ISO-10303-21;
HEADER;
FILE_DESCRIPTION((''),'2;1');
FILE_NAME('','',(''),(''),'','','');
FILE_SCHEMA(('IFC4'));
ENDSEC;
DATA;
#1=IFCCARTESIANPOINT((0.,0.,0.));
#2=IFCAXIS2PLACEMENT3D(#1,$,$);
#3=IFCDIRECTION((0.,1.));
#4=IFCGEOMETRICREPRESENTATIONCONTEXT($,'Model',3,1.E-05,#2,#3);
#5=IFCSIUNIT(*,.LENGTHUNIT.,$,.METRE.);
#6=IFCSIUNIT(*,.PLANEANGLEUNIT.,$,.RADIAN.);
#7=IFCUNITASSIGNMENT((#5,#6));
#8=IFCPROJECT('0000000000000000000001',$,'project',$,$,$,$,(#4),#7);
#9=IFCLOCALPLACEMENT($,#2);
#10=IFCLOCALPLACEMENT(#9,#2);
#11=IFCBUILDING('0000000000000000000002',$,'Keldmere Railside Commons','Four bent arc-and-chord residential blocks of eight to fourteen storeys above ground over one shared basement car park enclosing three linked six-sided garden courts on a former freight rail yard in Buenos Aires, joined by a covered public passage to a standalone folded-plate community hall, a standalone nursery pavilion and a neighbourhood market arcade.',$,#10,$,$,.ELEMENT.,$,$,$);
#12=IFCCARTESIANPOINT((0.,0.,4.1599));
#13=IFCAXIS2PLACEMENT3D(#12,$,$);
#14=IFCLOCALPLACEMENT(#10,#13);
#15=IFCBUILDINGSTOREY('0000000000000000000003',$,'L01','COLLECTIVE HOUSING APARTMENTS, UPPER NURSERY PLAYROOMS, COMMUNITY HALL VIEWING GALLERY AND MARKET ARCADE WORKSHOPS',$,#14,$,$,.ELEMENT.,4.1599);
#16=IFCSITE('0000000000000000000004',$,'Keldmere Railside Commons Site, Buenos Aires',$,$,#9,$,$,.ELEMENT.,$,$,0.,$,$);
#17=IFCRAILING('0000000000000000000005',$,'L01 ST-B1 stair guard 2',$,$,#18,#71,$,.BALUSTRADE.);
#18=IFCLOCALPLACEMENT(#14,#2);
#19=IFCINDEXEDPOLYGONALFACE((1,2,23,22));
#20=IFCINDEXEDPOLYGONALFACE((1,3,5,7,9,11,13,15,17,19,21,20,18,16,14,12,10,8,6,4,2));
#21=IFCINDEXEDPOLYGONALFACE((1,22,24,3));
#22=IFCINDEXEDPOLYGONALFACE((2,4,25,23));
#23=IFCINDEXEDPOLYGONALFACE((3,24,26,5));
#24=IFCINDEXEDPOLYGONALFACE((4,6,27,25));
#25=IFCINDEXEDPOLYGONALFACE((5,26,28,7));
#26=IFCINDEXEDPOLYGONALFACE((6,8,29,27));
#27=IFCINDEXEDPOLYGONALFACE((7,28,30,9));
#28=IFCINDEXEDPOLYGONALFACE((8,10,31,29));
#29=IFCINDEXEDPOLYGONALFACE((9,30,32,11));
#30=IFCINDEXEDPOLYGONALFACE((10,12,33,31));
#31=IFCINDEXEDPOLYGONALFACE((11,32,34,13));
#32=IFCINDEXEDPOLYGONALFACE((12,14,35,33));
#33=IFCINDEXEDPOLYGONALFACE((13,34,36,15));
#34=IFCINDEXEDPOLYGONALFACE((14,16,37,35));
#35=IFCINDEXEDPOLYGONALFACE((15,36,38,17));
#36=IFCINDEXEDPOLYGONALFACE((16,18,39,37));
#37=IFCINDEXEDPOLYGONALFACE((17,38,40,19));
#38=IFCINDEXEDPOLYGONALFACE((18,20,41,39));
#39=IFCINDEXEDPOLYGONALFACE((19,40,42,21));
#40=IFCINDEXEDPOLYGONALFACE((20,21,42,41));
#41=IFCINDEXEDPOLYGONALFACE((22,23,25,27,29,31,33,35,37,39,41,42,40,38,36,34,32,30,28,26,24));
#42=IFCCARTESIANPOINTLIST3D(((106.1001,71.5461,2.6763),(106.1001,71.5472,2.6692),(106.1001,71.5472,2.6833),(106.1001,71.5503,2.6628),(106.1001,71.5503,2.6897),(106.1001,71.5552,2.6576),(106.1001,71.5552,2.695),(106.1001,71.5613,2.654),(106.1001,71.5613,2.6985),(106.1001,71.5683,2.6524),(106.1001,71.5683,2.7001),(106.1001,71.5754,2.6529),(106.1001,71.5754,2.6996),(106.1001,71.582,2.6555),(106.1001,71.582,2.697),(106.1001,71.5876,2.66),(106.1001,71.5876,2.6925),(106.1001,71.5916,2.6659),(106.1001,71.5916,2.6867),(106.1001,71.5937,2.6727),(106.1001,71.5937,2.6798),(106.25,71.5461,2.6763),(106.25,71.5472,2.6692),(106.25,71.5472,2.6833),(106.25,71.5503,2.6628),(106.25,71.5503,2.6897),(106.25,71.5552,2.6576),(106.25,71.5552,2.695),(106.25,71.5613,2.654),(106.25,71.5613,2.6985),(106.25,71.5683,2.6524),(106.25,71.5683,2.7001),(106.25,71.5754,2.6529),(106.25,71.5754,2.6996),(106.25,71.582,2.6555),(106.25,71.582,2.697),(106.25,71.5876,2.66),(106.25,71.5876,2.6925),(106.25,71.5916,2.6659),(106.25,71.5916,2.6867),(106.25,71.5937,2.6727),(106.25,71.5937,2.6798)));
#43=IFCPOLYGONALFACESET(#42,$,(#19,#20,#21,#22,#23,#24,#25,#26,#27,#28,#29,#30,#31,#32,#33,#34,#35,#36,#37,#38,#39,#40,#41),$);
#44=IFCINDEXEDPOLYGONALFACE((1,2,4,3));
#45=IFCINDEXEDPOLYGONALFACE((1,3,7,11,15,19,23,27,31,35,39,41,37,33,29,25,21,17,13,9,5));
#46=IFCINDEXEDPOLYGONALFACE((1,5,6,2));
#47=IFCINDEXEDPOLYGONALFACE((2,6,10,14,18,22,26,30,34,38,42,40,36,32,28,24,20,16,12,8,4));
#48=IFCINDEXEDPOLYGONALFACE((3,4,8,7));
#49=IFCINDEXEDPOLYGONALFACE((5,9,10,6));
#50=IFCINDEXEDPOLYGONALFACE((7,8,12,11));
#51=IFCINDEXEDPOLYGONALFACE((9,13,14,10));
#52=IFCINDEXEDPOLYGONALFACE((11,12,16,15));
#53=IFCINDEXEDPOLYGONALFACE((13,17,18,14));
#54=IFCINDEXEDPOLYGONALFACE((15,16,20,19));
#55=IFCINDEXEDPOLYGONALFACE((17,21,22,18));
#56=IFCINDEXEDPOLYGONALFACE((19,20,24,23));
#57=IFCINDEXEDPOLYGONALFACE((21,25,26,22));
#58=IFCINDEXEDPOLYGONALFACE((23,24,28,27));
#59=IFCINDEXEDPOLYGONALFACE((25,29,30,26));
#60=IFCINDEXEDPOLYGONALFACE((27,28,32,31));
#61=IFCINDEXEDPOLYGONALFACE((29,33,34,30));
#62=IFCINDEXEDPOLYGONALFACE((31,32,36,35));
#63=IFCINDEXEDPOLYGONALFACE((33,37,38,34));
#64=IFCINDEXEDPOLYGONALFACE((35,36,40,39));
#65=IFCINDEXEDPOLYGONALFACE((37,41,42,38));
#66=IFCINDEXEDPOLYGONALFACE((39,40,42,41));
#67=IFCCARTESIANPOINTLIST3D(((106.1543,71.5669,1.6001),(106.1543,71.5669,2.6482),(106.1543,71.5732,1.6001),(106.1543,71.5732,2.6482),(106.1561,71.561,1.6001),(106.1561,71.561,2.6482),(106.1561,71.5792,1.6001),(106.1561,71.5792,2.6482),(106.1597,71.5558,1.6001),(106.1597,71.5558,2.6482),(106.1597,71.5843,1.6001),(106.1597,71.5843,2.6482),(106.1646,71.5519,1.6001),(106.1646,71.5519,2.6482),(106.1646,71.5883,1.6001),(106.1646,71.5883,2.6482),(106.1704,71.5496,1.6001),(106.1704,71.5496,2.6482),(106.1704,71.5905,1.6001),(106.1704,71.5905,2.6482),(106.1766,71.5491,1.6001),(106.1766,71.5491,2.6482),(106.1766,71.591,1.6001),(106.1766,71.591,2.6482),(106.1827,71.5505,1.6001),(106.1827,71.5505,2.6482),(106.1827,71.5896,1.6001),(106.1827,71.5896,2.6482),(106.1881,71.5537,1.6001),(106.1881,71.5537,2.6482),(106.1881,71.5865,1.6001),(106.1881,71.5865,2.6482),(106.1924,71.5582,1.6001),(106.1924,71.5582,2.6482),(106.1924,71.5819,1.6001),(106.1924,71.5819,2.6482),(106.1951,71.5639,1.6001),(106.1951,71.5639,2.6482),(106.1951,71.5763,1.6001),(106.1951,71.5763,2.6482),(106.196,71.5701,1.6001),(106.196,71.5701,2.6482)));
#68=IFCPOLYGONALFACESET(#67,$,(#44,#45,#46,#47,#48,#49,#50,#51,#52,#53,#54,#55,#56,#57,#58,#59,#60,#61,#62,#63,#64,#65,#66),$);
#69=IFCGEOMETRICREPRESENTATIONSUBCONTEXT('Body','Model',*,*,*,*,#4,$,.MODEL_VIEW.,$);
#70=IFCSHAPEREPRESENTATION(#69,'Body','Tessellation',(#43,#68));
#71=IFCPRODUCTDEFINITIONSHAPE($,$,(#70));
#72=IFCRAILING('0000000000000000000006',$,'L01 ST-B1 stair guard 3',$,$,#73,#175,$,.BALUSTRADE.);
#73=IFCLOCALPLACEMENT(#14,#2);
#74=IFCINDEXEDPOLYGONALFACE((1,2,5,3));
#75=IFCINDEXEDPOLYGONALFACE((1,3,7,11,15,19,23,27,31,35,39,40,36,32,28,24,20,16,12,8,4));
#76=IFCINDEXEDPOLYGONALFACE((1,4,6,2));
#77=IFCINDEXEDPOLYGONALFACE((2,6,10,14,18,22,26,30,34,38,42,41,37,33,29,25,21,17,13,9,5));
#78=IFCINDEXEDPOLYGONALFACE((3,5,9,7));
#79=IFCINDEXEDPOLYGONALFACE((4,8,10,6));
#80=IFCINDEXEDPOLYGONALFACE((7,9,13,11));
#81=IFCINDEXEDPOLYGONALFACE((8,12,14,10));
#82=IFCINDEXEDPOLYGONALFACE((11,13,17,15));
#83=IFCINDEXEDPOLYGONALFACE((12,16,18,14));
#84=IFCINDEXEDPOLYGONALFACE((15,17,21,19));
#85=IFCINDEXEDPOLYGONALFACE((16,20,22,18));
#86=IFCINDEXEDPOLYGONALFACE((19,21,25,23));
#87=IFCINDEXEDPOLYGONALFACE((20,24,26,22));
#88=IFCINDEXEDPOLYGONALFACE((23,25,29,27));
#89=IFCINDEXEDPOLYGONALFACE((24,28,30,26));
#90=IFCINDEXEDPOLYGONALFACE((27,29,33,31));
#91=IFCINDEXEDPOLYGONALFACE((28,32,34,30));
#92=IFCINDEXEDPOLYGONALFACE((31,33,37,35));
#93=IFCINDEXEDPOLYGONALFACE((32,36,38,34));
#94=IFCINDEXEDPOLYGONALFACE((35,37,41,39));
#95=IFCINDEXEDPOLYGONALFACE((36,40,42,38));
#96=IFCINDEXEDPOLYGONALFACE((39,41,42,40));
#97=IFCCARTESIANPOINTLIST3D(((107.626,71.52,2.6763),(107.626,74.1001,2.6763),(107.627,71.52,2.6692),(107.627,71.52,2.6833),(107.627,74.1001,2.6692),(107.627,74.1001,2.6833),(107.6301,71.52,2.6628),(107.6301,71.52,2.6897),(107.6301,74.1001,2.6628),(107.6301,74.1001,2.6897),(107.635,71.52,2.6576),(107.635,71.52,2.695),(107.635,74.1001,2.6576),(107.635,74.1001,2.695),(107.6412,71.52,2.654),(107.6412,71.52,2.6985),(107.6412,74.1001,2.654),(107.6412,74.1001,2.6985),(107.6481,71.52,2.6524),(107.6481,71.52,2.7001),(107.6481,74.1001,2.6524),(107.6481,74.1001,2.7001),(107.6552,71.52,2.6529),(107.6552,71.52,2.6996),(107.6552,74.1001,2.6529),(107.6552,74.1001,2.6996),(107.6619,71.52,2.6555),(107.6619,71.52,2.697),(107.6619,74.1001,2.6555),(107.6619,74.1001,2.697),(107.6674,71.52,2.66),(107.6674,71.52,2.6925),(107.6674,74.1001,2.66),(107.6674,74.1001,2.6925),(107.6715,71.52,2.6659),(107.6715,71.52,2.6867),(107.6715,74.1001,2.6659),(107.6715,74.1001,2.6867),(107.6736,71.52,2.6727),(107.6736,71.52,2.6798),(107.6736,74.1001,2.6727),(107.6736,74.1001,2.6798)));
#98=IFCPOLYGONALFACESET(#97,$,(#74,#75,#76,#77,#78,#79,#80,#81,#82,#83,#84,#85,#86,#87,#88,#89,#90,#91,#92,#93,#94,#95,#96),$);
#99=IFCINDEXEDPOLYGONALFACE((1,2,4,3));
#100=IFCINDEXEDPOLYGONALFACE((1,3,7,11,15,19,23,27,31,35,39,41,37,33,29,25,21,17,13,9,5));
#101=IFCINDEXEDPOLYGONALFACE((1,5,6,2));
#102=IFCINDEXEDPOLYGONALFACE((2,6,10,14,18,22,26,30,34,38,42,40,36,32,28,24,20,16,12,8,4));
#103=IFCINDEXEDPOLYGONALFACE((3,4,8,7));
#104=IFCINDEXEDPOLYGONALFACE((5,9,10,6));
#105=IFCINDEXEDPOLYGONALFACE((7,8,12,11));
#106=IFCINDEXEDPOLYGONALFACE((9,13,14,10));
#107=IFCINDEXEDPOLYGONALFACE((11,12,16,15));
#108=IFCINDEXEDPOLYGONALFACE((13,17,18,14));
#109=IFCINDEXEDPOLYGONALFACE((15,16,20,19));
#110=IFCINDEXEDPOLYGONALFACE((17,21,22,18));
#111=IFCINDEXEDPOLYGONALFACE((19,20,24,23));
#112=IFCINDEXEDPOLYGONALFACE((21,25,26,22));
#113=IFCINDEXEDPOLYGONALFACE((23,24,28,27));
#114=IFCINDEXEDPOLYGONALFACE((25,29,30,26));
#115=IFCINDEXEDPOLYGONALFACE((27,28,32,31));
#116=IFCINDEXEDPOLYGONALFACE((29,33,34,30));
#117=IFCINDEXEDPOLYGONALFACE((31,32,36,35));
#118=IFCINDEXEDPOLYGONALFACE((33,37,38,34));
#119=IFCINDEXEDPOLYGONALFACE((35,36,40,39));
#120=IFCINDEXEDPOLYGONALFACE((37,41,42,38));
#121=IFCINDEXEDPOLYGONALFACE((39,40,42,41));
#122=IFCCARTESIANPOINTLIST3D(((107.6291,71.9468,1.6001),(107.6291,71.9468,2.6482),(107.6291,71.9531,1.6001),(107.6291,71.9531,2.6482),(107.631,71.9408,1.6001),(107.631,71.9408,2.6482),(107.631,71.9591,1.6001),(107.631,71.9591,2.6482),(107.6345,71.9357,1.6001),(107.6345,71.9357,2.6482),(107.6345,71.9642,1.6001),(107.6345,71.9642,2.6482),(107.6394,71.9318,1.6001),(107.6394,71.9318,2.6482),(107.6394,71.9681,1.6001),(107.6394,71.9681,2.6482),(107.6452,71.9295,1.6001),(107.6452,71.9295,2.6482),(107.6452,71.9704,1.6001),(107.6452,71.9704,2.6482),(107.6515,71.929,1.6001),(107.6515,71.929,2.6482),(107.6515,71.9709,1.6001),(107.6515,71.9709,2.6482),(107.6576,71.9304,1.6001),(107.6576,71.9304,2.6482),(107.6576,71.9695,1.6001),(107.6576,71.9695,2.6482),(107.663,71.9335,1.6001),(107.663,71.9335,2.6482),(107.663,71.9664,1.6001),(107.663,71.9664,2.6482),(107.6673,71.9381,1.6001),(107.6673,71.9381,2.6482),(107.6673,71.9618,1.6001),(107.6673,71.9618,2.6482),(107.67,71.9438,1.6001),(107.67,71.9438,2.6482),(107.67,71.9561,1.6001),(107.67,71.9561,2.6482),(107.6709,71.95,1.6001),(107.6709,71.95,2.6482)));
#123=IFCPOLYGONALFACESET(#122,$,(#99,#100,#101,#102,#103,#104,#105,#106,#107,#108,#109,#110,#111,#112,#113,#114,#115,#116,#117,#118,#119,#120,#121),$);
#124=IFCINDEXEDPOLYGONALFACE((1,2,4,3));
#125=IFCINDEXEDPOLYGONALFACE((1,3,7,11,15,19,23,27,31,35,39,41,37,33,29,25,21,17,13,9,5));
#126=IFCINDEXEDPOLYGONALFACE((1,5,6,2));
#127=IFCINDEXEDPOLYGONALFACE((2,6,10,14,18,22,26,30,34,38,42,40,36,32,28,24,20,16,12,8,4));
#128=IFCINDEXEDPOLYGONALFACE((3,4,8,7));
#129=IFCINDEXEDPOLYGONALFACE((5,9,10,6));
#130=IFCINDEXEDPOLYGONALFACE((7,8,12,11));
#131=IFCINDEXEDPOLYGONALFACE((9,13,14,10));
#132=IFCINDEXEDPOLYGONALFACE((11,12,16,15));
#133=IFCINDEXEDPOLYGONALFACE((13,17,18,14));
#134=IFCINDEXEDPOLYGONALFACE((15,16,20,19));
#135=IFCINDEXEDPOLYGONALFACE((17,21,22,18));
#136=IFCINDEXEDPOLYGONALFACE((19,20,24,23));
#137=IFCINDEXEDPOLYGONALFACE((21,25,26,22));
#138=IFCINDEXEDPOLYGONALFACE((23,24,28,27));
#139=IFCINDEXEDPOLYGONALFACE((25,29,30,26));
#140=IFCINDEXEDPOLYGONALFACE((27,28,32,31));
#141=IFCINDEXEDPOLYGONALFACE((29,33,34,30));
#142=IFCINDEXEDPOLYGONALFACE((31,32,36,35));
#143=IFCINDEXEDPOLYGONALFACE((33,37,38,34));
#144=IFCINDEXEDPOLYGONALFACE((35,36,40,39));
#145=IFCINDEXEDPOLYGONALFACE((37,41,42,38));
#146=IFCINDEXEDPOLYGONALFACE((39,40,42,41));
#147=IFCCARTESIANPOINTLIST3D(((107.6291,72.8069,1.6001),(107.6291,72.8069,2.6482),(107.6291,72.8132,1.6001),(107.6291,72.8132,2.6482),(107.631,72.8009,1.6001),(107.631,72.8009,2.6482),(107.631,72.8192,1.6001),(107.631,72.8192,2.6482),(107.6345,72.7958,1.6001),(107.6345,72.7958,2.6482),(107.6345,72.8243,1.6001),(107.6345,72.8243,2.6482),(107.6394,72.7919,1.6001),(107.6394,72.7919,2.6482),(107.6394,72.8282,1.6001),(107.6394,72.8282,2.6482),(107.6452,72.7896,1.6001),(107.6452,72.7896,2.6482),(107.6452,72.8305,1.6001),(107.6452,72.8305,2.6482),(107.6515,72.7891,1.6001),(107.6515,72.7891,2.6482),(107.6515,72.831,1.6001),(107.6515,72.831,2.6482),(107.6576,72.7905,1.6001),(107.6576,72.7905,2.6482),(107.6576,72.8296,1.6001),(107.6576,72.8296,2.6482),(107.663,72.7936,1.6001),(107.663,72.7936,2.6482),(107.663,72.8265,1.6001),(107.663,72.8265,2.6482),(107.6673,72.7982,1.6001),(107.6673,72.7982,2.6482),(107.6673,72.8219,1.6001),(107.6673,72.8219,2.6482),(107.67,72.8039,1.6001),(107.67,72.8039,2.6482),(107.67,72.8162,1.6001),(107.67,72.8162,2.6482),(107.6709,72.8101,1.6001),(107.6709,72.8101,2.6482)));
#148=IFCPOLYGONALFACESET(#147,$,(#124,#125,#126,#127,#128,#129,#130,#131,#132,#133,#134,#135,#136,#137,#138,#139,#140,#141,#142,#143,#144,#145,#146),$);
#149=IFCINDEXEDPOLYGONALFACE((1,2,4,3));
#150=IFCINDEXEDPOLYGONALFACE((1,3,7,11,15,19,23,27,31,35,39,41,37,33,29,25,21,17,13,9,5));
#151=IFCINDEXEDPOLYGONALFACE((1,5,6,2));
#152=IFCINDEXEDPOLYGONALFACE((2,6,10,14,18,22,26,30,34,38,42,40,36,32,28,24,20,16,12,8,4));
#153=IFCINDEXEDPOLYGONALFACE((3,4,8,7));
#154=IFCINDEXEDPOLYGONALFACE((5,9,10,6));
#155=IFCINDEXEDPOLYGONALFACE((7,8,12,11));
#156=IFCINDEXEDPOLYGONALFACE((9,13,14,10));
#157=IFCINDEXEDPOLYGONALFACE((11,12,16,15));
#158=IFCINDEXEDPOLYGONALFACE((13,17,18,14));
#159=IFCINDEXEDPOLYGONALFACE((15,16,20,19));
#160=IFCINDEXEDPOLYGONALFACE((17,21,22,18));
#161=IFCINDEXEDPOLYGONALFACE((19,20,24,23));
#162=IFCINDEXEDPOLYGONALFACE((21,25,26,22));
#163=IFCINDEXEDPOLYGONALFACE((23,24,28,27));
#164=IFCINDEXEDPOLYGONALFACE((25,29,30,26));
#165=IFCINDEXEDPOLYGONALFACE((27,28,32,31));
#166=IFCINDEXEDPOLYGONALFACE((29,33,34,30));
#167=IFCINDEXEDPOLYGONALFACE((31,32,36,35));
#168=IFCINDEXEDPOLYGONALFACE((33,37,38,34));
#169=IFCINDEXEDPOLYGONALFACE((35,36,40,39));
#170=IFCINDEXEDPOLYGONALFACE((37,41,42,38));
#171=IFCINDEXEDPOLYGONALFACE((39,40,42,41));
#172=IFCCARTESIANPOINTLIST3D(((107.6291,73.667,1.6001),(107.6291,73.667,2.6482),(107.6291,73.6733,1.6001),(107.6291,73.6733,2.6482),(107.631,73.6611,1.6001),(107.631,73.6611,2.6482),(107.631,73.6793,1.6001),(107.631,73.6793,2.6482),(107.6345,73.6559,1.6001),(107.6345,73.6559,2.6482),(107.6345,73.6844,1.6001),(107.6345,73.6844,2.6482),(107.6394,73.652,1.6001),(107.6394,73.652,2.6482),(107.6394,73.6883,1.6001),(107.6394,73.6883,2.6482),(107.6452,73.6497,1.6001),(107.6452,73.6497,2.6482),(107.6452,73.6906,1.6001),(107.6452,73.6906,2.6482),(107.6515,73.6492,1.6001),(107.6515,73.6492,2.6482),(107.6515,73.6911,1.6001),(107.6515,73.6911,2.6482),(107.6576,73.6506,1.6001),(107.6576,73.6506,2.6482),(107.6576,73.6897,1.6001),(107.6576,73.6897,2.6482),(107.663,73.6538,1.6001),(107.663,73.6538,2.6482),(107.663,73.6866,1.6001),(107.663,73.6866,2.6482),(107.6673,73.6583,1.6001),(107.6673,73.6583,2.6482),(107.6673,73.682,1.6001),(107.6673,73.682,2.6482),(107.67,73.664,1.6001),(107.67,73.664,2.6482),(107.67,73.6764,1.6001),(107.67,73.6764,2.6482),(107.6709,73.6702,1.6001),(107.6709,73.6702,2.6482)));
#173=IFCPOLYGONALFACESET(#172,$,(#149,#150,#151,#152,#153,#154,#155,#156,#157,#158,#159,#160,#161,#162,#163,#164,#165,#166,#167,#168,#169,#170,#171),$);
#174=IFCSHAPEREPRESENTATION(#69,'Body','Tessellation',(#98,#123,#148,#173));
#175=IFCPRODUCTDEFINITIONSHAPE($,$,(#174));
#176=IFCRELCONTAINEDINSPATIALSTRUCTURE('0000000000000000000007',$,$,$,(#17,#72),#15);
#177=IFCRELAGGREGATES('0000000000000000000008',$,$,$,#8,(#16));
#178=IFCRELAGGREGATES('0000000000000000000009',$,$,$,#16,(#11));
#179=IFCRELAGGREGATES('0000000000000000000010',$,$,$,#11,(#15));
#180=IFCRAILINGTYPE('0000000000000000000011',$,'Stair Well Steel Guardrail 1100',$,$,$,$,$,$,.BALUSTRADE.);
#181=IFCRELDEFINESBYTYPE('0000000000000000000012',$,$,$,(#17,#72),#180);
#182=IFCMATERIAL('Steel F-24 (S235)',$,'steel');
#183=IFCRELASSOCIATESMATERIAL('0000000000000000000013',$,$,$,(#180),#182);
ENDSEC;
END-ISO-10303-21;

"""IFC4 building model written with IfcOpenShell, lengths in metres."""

from ifc_helpers import new_model, si_unit, direction, frame, origin, origin_2d, place, context, subcontext, project, spatial, circle, extrude, material, type_object, element, save


model = new_model("IFC4")

# Units and contexts
model_context = context("Model", 3, precision=1e-05, world=origin(), true_north=direction((0.0, 1.0)))
body_context = subcontext(model_context, "Body", "Model", "MODEL_VIEW")
ifc_project = project(units=[si_unit("LENGTHUNIT", "METRE"), si_unit("PLANEANGLEUNIT", "RADIAN")], contexts=[model_context])

# Site, building, storey
site_placement = place(None, origin())
site = spatial("IfcSite", under=ifc_project, at=site_placement, Name="Keldmere Railside Commons Site, Buenos Aires", CompositionType="ELEMENT", RefElevation=0.0)
building_placement = place(site_placement, origin())
building = spatial("IfcBuilding", under=site, at=building_placement, Name="Keldmere Railside Commons", Description="Four bent arc-and-chord residential blocks of eight to fourteen storeys above ground over one shared basement car park enclosing three linked six-sided garden courts on a former freight rail yard in Buenos Aires, joined by a covered public passage to a standalone folded-plate community hall, a standalone nursery pavilion and a neighbourhood market arcade.", CompositionType="ELEMENT")
storey_placement = place(building_placement, frame((0.0, 0.0, 4.1599)))
storey = spatial("IfcBuildingStorey", under=building, at=storey_placement, Name="L01", Description="COLLECTIVE HOUSING APARTMENTS, UPPER NURSERY PLAYROOMS, COMMUNITY HALL VIEWING GALLERY AND MARKET ARCADE WORKSHOPS", CompositionType="ELEMENT", Elevation=4.1599)

# Shared definitions
ifc_material_1 = material(Name="Steel F-24 (S235)", Category="steel")

# Railings
railing_type_1 = type_object("IfcRailingType", Name="Stair Well Steel Guardrail 1100", PredefinedType="BALUSTRADE", material=ifc_material_1)
railing_1_placement = place(storey_placement, frame((106.25, 71.5701, 1.6001)))
element("IfcRailing", 1, at=railing_1_placement, inside=storey, type_object=railing_type_1, Name="L01 ST-B1 stair guard 2", PredefinedType="BALUSTRADE", context=body_context, shape_type="SweptSolid", body=[
    extrude(circle(Radius=0.0239, at=origin_2d()), frame((0.0, 0.0, 1.0762), z_axis=(-1.0, 0.0, 0.0), x_axis=(0.0, -1.0, 0.0)), (0.0, 0.0, 1.0), 0.1499),
    extrude(circle(Radius=0.021, at=origin_2d()), frame((-0.075, 0.0, 0.0)), (0.0, 0.0, 1.0), 1.0481),
])
railing_2_placement = place(storey_placement, frame((107.6499, 71.52, 1.6001)))
element("IfcRailing", 2, at=railing_2_placement, inside=storey, type_object=railing_type_1, Name="L01 ST-B1 stair guard 3", PredefinedType="BALUSTRADE", context=body_context, shape_type="SweptSolid", body=[
    extrude(circle(Radius=0.0239, at=origin_2d()), frame((0.0, 0.0, 1.0762), z_axis=(0.0, 1.0, 0.0), x_axis=(-1.0, 0.0, 0.0)), (0.0, 0.0, 1.0), 2.5801),
    extrude(circle(Radius=0.021, at=origin_2d()), frame((0.0, 0.4299, 0.0)), (0.0, 0.0, 1.0), 1.0481),
    extrude(circle(Radius=0.021, at=origin_2d()), frame((0.0, 1.29, 0.0)), (0.0, 0.0, 1.0), 1.0481),
    extrude(circle(Radius=0.021, at=origin_2d()), frame((0.0, 2.1501, 0.0)), (0.0, 0.0, 1.0), 1.0481),
])

save(model, "model.ifc")
